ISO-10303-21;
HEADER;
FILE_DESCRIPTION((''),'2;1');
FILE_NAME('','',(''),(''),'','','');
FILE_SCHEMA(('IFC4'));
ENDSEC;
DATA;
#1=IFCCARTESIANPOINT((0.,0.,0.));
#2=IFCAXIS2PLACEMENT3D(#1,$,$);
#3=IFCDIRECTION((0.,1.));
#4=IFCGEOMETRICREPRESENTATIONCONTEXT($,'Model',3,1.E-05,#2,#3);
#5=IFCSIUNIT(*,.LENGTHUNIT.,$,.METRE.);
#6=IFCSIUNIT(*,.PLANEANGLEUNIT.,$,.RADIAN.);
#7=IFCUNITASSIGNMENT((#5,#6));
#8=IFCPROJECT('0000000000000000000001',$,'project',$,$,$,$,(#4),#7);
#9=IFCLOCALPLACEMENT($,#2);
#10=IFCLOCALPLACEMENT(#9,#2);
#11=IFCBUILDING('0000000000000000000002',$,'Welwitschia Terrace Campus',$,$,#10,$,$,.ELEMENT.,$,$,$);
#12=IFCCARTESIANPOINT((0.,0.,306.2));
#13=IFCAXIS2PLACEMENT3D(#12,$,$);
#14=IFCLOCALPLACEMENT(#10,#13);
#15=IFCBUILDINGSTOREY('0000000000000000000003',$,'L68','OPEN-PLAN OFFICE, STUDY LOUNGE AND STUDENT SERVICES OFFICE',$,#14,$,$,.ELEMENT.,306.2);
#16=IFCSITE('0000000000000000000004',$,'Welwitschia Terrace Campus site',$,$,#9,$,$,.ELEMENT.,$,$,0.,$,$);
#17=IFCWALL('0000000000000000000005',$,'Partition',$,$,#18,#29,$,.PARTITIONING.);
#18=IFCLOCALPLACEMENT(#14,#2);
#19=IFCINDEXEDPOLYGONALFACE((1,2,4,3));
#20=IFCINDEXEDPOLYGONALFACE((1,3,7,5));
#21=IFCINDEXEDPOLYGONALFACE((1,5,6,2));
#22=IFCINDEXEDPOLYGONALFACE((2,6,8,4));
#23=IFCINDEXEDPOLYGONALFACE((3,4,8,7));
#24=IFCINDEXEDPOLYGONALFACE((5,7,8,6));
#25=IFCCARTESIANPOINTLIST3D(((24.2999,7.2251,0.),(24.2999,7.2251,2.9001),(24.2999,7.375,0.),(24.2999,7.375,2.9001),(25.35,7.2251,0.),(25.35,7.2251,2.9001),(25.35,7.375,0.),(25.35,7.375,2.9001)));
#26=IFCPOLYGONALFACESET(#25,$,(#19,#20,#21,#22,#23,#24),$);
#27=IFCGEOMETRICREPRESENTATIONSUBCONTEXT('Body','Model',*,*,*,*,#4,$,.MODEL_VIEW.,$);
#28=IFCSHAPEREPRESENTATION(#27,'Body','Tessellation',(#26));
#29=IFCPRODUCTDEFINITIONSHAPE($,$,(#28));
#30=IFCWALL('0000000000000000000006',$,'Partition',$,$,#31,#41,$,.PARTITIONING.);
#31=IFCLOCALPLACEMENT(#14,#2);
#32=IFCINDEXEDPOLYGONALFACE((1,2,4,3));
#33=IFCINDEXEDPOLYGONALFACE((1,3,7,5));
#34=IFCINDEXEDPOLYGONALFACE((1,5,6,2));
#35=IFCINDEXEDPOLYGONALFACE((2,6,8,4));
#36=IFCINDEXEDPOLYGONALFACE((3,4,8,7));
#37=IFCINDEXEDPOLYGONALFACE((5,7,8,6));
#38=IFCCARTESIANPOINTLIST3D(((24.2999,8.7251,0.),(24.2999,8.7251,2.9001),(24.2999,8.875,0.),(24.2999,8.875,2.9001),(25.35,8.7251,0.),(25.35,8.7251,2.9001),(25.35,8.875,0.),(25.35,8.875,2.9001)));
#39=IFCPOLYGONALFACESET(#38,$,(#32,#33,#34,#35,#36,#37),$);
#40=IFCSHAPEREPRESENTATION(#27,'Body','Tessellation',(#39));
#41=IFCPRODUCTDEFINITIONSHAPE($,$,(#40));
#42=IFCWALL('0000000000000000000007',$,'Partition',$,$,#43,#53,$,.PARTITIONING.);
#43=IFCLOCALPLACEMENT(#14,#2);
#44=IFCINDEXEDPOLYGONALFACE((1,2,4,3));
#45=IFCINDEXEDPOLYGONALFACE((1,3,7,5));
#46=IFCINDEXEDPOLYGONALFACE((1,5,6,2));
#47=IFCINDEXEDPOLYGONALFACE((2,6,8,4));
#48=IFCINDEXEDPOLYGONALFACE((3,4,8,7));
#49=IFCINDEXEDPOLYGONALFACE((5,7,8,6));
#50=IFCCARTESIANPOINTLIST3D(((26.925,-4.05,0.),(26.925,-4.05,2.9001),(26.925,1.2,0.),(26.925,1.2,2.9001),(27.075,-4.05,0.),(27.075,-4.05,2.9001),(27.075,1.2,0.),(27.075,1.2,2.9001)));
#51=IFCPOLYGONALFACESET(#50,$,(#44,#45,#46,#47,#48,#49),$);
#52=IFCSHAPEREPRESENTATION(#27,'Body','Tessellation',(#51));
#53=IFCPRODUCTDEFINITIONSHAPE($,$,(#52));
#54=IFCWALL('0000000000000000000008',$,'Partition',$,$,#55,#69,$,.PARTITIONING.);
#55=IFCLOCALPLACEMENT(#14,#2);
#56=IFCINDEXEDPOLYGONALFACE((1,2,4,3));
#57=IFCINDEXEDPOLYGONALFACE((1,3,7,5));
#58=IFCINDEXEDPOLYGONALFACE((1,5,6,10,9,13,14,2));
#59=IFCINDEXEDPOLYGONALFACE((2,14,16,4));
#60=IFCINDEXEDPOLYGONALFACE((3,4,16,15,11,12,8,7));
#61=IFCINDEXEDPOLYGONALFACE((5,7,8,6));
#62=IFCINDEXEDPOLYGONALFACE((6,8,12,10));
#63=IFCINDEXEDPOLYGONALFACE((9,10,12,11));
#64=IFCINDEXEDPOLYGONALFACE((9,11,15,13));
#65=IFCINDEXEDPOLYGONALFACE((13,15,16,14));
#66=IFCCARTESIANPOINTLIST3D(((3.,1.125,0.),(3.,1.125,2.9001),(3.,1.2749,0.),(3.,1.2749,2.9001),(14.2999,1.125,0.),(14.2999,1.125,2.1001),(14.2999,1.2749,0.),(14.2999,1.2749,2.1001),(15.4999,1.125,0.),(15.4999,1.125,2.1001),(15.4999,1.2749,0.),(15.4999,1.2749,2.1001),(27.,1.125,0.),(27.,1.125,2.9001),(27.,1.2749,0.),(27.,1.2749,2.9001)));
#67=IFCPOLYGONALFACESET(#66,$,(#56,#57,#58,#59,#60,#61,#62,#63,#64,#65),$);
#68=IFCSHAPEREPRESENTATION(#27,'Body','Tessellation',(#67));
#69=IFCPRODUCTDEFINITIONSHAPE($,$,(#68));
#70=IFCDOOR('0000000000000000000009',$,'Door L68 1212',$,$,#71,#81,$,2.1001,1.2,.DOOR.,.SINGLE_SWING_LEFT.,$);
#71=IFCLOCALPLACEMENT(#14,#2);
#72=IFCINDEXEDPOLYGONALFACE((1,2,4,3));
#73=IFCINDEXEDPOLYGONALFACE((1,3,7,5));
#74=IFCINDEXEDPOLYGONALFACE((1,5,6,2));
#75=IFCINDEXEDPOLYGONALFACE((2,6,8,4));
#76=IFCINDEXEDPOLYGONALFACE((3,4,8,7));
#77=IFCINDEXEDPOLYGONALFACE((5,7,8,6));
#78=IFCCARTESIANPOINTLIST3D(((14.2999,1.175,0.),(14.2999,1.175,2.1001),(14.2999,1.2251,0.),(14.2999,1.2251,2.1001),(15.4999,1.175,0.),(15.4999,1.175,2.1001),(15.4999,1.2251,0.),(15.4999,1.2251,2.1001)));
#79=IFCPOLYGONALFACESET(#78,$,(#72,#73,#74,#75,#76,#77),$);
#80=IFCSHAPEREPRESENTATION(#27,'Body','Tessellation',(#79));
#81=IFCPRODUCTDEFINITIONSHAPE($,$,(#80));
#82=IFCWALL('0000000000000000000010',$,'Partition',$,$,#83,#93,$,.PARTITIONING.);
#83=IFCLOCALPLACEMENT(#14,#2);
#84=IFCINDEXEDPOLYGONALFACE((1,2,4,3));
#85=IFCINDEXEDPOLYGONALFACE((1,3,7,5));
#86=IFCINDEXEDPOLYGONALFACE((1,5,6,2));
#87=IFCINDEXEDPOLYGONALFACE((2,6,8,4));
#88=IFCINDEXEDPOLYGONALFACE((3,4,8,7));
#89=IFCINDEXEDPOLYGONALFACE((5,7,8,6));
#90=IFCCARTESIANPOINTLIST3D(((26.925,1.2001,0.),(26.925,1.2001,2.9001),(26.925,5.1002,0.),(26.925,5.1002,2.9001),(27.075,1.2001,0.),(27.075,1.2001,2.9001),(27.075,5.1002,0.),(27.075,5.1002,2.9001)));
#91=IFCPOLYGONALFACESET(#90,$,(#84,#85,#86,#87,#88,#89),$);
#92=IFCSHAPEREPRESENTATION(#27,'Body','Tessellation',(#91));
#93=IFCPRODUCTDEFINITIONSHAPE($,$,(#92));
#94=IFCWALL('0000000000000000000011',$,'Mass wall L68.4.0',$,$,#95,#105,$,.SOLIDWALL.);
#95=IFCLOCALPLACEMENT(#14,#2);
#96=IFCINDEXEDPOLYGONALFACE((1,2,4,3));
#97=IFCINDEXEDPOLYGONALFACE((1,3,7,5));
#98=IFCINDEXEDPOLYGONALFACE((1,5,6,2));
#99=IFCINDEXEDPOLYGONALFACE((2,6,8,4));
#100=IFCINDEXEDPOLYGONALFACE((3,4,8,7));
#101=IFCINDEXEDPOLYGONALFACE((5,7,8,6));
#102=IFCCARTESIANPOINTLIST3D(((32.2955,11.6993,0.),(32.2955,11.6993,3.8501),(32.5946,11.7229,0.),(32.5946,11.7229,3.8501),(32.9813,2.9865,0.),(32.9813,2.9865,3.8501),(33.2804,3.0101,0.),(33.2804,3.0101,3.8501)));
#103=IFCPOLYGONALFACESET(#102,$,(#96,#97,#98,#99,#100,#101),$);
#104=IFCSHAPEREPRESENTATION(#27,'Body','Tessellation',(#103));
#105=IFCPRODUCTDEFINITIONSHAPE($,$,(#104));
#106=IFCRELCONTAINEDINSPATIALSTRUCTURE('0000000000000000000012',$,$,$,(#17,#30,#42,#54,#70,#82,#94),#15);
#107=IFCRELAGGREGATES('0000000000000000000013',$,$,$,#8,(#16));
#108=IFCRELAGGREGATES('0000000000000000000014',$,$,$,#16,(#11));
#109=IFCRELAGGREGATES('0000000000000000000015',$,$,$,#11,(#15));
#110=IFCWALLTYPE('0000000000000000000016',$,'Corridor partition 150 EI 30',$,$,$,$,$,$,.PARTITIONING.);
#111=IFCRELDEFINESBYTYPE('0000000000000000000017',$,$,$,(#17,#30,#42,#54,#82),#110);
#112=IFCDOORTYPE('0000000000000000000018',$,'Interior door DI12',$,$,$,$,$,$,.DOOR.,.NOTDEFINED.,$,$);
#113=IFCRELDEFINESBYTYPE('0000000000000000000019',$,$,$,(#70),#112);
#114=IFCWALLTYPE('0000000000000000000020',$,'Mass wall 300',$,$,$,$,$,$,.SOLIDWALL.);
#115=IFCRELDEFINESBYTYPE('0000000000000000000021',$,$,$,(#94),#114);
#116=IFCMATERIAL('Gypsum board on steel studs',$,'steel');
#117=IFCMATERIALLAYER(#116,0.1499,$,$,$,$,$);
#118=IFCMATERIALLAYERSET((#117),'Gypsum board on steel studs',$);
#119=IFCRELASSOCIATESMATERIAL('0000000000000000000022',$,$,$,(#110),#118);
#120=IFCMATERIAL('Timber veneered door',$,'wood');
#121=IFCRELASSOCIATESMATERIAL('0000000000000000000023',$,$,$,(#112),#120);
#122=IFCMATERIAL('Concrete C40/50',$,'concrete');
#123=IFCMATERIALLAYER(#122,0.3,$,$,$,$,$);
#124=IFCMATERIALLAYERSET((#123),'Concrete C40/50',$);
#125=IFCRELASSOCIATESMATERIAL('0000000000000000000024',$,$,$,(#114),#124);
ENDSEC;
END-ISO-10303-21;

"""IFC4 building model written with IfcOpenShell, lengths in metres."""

from ifc_helpers import new_model, si_unit, direction, frame, frame_2d, origin, place, context, subcontext, project, spatial, rectangle, extrude, material, layer, layer_set, type_object, element, fill, save


model = new_model("IFC4")

# Units and contexts
model_context = context("Model", 3, precision=1e-05, world=origin(), true_north=direction((0.0, 1.0)))
body_context = subcontext(model_context, "Body", "Model", "MODEL_VIEW")
ifc_project = project(units=[si_unit("LENGTHUNIT", "METRE"), si_unit("PLANEANGLEUNIT", "RADIAN")], contexts=[model_context])

# Site, building, storey
site_placement = place(None, origin())
site = spatial("IfcSite", under=ifc_project, at=site_placement, Name="Welwitschia Terrace Campus site", CompositionType="ELEMENT", RefElevation=0.0)
building_placement = place(site_placement, origin())
building = spatial("IfcBuilding", under=site, at=building_placement, Name="Welwitschia Terrace Campus", CompositionType="ELEMENT")
storey_placement = place(building_placement, frame((0.0, 0.0, 306.2)))
storey = spatial("IfcBuildingStorey", under=building, at=storey_placement, Name="L68", Description="OPEN-PLAN OFFICE, STUDY LOUNGE AND STUDENT SERVICES OFFICE", CompositionType="ELEMENT", Elevation=306.2)

# Walls
ifc_material_1 = material(Name="Gypsum board on steel studs", Category="steel")
ifc_layer_1 = layer(ifc_material_1, 0.1499)
ifc_layer_set_1 = layer_set([ifc_layer_1], Name="Gypsum board on steel studs")
wall_type_1 = type_object("IfcWallType", Name="Corridor partition 150 EI 30", PredefinedType="PARTITIONING", material=ifc_layer_set_1)
for number, where, z_axis, x_axis, name in (
    (1, (24.3, 7.3, 0.0), (0.0, 0.0, 1.0), (1.0, 0.0, 0.0), "Partition"),
    (2, (24.3, 8.8, 0.0), (0.0, 0.0, 1.0), (1.0, 0.0, 0.0), "Partition"),
):
    element("IfcWall", number, at=place(storey_placement, frame(where, z_axis=z_axis, x_axis=x_axis)), inside=storey, type_object=wall_type_1, Name=name, PredefinedType="PARTITIONING", context=body_context, shape_type="SweptSolid", body=[
        extrude(rectangle(XDim=1.05, YDim=0.1499, at=frame_2d((0.5249, 0.0))), origin(), (0.0, 0.0, 1.0), 2.9001),
    ])
wall_1_placement = place(storey_placement, frame((27.0, -4.05, 0.0), z_axis=(0.0, 0.0, 1.0), x_axis=(0.0, 1.0, 0.0)))
element("IfcWall", 3, at=wall_1_placement, inside=storey, type_object=wall_type_1, Name="Partition", PredefinedType="PARTITIONING", context=body_context, shape_type="SweptSolid", body=[
    extrude(rectangle(XDim=5.25, YDim=0.1499, at=frame_2d((2.625, 0.0))), origin(), (0.0, 0.0, 1.0), 2.9001),
])

# Wall, opening, door
wall_2_placement = place(storey_placement, frame((27.0, 1.2, 0.0), z_axis=(0.0, 0.0, 1.0), x_axis=(-1.0, 0.0, 0.0)))
wall_2 = element("IfcWall", 4, at=wall_2_placement, inside=storey, type_object=wall_type_1, Name="Partition", PredefinedType="PARTITIONING", context=body_context, shape_type="SweptSolid", body=[
    extrude(rectangle(XDim=24.0, YDim=0.1499, at=frame_2d((12.0, 0.0))), origin(), (0.0, 0.0, 1.0), 2.9001),
])
opening_placement = place(wall_2_placement, frame((11.5, 0.0, 0.0)))
opening = element("IfcOpeningElement", 5, at=opening_placement, cuts=wall_2, PredefinedType="OPENING", context=body_context, shape_type="SweptSolid", body=[
    extrude(rectangle(XDim=1.2, YDim=2.1001, at=frame_2d((0.6001, 1.05))), frame((0.0, 0.085, 0.0), z_axis=(0.0, -1.0, 0.0), x_axis=(1.0, 0.0, 0.0)), (0.0, 0.0, 1.0), 0.1699),
])
ifc_material_2 = material(Name="Timber veneered door", Category="wood")
door_type = type_object("IfcDoorType", Name="Interior door DI12", OperationType="NOTDEFINED", PredefinedType="DOOR", material=ifc_material_2)
door_placement = place(opening_placement, origin())
door = element("IfcDoor", 6, at=door_placement, inside=storey, type_object=door_type, Name="Door L68 1212", OperationType="SINGLE_SWING_LEFT", OverallHeight=2.1001, OverallWidth=1.2, PredefinedType="DOOR", context=body_context, shape_type="SweptSolid", body=[
    extrude(rectangle(XDim=1.2, YDim=2.1001, at=frame_2d((0.6001, 1.05))), frame((0.0, 0.0249, 0.0), z_axis=(0.0, -1.0, 0.0), x_axis=(1.0, 0.0, 0.0)), (0.0, 0.0, 1.0), 0.05),
])
fill(opening, door)

# Walls
wall_3_placement = place(storey_placement, frame((27.0, 1.2, 0.0), z_axis=(0.0, 0.0, 1.0), x_axis=(0.0, 1.0, 0.0)))
element("IfcWall", 7, at=wall_3_placement, inside=storey, type_object=wall_type_1, Name="Partition", PredefinedType="PARTITIONING", context=body_context, shape_type="SweptSolid", body=[
    extrude(rectangle(XDim=3.9001, YDim=0.1499, at=frame_2d((1.9502, 0.0))), origin(), (0.0, 0.0, 1.0), 2.9001),
])
ifc_material_3 = material(Name="Concrete C40/50", Category="concrete")
ifc_layer_2 = layer(ifc_material_3, 0.3)
ifc_layer_set_2 = layer_set([ifc_layer_2], Name="Concrete C40/50")
wall_type_2 = type_object("IfcWallType", Name="Mass wall 300", PredefinedType="SOLIDWALL", material=ifc_layer_set_2)
wall_4_placement = place(storey_placement, frame((33.1309, 2.9983, 0.0), z_axis=(0.0, 0.0, 1.0), x_axis=(-0.078467, 0.996917, 0.0)))
element("IfcWall", 8, at=wall_4_placement, inside=storey, type_object=wall_type_2, Name="Mass wall L68.4.0", PredefinedType="SOLIDWALL", context=body_context, shape_type="SweptSolid", body=[
    extrude(rectangle(XDim=8.7397, YDim=0.3, at=frame_2d((4.3699, 0.0))), origin(), (0.0, 0.0, 1.0), 3.8501),
])

save(model, "model.ifc")
